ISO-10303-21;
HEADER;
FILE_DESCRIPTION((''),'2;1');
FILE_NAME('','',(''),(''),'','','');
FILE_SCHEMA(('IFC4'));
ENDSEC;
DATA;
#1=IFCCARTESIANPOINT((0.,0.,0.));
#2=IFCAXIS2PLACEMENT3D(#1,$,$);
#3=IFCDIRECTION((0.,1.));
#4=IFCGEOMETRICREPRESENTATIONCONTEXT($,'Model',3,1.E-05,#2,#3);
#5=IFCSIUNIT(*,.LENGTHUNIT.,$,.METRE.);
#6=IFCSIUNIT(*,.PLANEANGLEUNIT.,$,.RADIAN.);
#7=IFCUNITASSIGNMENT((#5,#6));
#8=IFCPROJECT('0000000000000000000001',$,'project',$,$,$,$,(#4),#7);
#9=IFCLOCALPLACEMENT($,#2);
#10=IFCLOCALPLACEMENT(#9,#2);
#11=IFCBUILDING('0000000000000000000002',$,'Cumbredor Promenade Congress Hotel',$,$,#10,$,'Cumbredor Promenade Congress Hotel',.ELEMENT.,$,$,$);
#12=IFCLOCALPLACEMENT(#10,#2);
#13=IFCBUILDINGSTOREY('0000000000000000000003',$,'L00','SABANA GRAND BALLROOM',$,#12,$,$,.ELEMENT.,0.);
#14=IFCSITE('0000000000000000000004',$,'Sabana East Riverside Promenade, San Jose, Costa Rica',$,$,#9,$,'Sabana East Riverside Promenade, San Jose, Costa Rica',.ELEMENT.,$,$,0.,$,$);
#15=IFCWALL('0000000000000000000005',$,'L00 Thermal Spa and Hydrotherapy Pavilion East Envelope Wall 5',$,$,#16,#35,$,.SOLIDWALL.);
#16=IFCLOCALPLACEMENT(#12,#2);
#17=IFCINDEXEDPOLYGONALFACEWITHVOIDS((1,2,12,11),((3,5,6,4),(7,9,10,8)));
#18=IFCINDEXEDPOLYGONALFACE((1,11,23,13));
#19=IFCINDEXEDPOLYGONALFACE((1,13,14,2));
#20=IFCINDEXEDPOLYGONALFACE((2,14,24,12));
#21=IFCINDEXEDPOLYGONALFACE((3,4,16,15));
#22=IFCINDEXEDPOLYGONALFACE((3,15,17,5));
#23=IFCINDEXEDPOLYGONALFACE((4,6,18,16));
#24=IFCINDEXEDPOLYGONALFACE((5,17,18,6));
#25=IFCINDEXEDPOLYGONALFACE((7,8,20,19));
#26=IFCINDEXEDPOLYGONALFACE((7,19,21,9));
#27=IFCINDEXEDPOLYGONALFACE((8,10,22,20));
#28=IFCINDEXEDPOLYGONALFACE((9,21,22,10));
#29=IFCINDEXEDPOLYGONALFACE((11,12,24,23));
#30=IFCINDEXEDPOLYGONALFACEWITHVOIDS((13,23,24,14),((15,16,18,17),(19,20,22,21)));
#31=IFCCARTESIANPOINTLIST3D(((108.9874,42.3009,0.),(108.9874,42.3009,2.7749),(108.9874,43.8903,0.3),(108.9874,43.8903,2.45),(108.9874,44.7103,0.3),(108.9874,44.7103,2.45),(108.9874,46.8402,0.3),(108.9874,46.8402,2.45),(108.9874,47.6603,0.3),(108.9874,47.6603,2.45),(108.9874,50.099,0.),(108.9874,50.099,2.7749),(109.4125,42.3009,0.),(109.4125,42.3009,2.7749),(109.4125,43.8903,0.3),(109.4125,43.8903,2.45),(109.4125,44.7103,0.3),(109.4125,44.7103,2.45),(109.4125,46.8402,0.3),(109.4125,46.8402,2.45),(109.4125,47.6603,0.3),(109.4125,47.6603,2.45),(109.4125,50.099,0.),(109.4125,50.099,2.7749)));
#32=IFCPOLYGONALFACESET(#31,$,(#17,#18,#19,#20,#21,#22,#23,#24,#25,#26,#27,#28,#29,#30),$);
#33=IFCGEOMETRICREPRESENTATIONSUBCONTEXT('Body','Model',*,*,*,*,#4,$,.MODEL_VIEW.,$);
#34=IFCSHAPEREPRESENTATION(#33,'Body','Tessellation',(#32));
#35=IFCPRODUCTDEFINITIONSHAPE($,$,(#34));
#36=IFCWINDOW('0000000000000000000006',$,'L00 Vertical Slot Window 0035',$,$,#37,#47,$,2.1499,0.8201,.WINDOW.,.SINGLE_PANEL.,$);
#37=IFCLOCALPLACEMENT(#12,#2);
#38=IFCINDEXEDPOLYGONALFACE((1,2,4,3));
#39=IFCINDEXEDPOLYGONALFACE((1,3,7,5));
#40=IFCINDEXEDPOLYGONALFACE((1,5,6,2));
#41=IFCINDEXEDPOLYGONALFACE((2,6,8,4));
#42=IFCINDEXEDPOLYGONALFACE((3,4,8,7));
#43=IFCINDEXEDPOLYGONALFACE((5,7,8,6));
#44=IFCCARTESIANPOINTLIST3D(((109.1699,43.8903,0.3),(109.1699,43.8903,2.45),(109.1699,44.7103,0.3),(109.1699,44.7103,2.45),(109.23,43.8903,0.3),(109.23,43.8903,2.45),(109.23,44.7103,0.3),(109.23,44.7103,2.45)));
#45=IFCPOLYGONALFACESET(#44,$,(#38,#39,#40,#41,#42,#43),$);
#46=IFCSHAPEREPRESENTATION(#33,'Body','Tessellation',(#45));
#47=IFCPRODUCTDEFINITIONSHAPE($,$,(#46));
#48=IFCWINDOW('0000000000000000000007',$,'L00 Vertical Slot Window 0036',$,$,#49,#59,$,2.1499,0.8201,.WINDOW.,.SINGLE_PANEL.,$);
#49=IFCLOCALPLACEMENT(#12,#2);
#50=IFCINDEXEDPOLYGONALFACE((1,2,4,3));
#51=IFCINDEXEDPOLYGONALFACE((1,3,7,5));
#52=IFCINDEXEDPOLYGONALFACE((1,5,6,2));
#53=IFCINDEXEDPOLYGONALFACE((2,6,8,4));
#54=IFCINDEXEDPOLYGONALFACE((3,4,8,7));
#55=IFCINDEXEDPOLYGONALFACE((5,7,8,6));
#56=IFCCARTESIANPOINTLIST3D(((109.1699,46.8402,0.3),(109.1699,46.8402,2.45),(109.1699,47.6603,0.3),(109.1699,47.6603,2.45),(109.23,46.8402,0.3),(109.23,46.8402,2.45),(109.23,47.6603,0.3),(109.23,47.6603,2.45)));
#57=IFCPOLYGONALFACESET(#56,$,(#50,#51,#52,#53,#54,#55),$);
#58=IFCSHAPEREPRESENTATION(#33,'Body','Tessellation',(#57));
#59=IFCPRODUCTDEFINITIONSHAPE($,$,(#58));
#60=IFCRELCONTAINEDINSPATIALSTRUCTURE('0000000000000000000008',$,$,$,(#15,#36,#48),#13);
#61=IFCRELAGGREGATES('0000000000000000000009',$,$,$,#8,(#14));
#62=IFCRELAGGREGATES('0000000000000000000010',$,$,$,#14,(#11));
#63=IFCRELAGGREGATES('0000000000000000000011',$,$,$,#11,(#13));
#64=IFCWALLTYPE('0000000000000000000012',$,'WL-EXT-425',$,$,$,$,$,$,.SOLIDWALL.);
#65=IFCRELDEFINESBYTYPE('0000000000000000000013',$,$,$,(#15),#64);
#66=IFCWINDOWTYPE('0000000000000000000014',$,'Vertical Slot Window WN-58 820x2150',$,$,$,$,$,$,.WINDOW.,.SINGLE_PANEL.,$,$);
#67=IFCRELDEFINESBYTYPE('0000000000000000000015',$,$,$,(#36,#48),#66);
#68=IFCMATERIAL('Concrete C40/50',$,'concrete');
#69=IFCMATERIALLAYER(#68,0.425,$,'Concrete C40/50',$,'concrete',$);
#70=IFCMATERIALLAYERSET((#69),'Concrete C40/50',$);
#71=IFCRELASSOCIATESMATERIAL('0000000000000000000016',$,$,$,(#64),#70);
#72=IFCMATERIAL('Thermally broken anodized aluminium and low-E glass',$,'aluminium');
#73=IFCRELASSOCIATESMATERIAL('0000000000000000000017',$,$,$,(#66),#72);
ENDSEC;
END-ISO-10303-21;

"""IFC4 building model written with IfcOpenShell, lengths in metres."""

from ifc_helpers import new_model, si_unit, direction, frame, frame_2d, origin, place, context, subcontext, project, spatial, rectangle, extrude, material, layer, layer_set, type_object, element, fill, save


model = new_model("IFC4")

# Units and contexts
model_context = context("Model", 3, precision=1e-05, world=origin(), true_north=direction((0.0, 1.0)))
body_context = subcontext(model_context, "Body", "Model", "MODEL_VIEW")
ifc_project = project(units=[si_unit("LENGTHUNIT", "METRE"), si_unit("PLANEANGLEUNIT", "RADIAN")], contexts=[model_context])

# Site, building, storey
site_placement = place(None, origin())
site = spatial("IfcSite", under=ifc_project, at=site_placement, Name="Sabana East Riverside Promenade, San Jose, Costa Rica", LongName="Sabana East Riverside Promenade, San Jose, Costa Rica", CompositionType="ELEMENT", RefElevation=0.0)
building_placement = place(site_placement, origin())
building = spatial("IfcBuilding", under=site, at=building_placement, Name="Cumbredor Promenade Congress Hotel", LongName="Cumbredor Promenade Congress Hotel", CompositionType="ELEMENT")
storey_placement = place(building_placement, origin())
storey = spatial("IfcBuildingStorey", under=building, at=storey_placement, Name="L00", Description="SABANA GRAND BALLROOM", CompositionType="ELEMENT", Elevation=0.0)

# Shared definitions
ifc_material_1 = material(Name="Concrete C40/50", Category="concrete")

# Shared definitions
ifc_material_2 = material(Name="Thermally broken anodized aluminium and low-E glass", Category="aluminium")

# Wall, openings, windows
ifc_layer_1 = layer(ifc_material_1, 0.425, Name="Concrete C40/50", Category="concrete")
ifc_layer_set_1 = layer_set([ifc_layer_1], Name="Concrete C40/50")
wall_type_1 = type_object("IfcWallType", Name="WL-EXT-425", PredefinedType="SOLIDWALL", material=ifc_layer_set_1)
wall_1_placement = place(storey_placement, frame((109.2, 42.301, 0.0), z_axis=(0.0, 0.0, 1.0), x_axis=(0.0, 1.0, 0.0)))
wall_1 = element("IfcWall", 1, at=wall_1_placement, inside=storey, type_object=wall_type_1, Name="L00 Thermal Spa and Hydrotherapy Pavilion East Envelope Wall 5", PredefinedType="SOLIDWALL", context=body_context, shape_type="SweptSolid", body=[
    extrude(rectangle(XDim=7.7981, YDim=0.425, at=frame_2d((3.8989, 0.0))), origin(), (0.0, 0.0, 1.0), 2.7749),
])
opening_1_placement = place(wall_1_placement, frame((1.5891, 0.0, 0.3)))
opening_1 = element("IfcOpeningElement", 2, at=opening_1_placement, cuts=wall_1, PredefinedType="OPENING", context=body_context, shape_type="SweptSolid", body=[
    extrude(rectangle(XDim=0.8201, YDim=2.1499, at=frame_2d((0.4102, 1.075))), frame((0.0, 0.2227, 0.0), z_axis=(0.0, -1.0, 0.0), x_axis=(1.0, 0.0, 0.0)), (0.0, 0.0, 1.0), 0.4451),
])
opening_2_placement = place(wall_1_placement, frame((4.5391, 0.0, 0.3)))
opening_2 = element("IfcOpeningElement", 3, at=opening_2_placement, cuts=wall_1, PredefinedType="OPENING", context=body_context, shape_type="SweptSolid", body=[
    extrude(rectangle(XDim=0.8201, YDim=2.1499, at=frame_2d((0.4102, 1.075))), frame((0.0, 0.2227, 0.0), z_axis=(0.0, -1.0, 0.0), x_axis=(1.0, 0.0, 0.0)), (0.0, 0.0, 1.0), 0.4451),
])
window_type = type_object("IfcWindowType", Name="Vertical Slot Window WN-58 820x2150", PartitioningType="SINGLE_PANEL", PredefinedType="WINDOW", material=ifc_material_2)
window_1_placement = place(opening_1_placement, origin())
window_1 = element("IfcWindow", 4, at=window_1_placement, inside=storey, type_object=window_type, Name="L00 Vertical Slot Window 0035", OverallHeight=2.1499, OverallWidth=0.8201, PartitioningType="SINGLE_PANEL", PredefinedType="WINDOW", context=body_context, shape_type="SweptSolid", body=[
    extrude(rectangle(XDim=0.8201, YDim=2.1499, at=frame_2d((0.4102, 1.075))), frame((0.0, 0.03, 0.0), z_axis=(0.0, -1.0, 0.0), x_axis=(1.0, 0.0, 0.0)), (0.0, 0.0, 1.0), 0.0601),
])
fill(opening_1, window_1)
window_2_placement = place(opening_2_placement, origin())
window_2 = element("IfcWindow", 5, at=window_2_placement, inside=storey, type_object=window_type, Name="L00 Vertical Slot Window 0036", OverallHeight=2.1499, OverallWidth=0.8201, PartitioningType="SINGLE_PANEL", PredefinedType="WINDOW", context=body_context, shape_type="SweptSolid", body=[
    extrude(rectangle(XDim=0.8201, YDim=2.1499, at=frame_2d((0.4102, 1.075))), frame((0.0, 0.03, 0.0), z_axis=(0.0, -1.0, 0.0), x_axis=(1.0, 0.0, 0.0)), (0.0, 0.0, 1.0), 0.0601),
])
fill(opening_2, window_2)

save(model, "model.ifc")
